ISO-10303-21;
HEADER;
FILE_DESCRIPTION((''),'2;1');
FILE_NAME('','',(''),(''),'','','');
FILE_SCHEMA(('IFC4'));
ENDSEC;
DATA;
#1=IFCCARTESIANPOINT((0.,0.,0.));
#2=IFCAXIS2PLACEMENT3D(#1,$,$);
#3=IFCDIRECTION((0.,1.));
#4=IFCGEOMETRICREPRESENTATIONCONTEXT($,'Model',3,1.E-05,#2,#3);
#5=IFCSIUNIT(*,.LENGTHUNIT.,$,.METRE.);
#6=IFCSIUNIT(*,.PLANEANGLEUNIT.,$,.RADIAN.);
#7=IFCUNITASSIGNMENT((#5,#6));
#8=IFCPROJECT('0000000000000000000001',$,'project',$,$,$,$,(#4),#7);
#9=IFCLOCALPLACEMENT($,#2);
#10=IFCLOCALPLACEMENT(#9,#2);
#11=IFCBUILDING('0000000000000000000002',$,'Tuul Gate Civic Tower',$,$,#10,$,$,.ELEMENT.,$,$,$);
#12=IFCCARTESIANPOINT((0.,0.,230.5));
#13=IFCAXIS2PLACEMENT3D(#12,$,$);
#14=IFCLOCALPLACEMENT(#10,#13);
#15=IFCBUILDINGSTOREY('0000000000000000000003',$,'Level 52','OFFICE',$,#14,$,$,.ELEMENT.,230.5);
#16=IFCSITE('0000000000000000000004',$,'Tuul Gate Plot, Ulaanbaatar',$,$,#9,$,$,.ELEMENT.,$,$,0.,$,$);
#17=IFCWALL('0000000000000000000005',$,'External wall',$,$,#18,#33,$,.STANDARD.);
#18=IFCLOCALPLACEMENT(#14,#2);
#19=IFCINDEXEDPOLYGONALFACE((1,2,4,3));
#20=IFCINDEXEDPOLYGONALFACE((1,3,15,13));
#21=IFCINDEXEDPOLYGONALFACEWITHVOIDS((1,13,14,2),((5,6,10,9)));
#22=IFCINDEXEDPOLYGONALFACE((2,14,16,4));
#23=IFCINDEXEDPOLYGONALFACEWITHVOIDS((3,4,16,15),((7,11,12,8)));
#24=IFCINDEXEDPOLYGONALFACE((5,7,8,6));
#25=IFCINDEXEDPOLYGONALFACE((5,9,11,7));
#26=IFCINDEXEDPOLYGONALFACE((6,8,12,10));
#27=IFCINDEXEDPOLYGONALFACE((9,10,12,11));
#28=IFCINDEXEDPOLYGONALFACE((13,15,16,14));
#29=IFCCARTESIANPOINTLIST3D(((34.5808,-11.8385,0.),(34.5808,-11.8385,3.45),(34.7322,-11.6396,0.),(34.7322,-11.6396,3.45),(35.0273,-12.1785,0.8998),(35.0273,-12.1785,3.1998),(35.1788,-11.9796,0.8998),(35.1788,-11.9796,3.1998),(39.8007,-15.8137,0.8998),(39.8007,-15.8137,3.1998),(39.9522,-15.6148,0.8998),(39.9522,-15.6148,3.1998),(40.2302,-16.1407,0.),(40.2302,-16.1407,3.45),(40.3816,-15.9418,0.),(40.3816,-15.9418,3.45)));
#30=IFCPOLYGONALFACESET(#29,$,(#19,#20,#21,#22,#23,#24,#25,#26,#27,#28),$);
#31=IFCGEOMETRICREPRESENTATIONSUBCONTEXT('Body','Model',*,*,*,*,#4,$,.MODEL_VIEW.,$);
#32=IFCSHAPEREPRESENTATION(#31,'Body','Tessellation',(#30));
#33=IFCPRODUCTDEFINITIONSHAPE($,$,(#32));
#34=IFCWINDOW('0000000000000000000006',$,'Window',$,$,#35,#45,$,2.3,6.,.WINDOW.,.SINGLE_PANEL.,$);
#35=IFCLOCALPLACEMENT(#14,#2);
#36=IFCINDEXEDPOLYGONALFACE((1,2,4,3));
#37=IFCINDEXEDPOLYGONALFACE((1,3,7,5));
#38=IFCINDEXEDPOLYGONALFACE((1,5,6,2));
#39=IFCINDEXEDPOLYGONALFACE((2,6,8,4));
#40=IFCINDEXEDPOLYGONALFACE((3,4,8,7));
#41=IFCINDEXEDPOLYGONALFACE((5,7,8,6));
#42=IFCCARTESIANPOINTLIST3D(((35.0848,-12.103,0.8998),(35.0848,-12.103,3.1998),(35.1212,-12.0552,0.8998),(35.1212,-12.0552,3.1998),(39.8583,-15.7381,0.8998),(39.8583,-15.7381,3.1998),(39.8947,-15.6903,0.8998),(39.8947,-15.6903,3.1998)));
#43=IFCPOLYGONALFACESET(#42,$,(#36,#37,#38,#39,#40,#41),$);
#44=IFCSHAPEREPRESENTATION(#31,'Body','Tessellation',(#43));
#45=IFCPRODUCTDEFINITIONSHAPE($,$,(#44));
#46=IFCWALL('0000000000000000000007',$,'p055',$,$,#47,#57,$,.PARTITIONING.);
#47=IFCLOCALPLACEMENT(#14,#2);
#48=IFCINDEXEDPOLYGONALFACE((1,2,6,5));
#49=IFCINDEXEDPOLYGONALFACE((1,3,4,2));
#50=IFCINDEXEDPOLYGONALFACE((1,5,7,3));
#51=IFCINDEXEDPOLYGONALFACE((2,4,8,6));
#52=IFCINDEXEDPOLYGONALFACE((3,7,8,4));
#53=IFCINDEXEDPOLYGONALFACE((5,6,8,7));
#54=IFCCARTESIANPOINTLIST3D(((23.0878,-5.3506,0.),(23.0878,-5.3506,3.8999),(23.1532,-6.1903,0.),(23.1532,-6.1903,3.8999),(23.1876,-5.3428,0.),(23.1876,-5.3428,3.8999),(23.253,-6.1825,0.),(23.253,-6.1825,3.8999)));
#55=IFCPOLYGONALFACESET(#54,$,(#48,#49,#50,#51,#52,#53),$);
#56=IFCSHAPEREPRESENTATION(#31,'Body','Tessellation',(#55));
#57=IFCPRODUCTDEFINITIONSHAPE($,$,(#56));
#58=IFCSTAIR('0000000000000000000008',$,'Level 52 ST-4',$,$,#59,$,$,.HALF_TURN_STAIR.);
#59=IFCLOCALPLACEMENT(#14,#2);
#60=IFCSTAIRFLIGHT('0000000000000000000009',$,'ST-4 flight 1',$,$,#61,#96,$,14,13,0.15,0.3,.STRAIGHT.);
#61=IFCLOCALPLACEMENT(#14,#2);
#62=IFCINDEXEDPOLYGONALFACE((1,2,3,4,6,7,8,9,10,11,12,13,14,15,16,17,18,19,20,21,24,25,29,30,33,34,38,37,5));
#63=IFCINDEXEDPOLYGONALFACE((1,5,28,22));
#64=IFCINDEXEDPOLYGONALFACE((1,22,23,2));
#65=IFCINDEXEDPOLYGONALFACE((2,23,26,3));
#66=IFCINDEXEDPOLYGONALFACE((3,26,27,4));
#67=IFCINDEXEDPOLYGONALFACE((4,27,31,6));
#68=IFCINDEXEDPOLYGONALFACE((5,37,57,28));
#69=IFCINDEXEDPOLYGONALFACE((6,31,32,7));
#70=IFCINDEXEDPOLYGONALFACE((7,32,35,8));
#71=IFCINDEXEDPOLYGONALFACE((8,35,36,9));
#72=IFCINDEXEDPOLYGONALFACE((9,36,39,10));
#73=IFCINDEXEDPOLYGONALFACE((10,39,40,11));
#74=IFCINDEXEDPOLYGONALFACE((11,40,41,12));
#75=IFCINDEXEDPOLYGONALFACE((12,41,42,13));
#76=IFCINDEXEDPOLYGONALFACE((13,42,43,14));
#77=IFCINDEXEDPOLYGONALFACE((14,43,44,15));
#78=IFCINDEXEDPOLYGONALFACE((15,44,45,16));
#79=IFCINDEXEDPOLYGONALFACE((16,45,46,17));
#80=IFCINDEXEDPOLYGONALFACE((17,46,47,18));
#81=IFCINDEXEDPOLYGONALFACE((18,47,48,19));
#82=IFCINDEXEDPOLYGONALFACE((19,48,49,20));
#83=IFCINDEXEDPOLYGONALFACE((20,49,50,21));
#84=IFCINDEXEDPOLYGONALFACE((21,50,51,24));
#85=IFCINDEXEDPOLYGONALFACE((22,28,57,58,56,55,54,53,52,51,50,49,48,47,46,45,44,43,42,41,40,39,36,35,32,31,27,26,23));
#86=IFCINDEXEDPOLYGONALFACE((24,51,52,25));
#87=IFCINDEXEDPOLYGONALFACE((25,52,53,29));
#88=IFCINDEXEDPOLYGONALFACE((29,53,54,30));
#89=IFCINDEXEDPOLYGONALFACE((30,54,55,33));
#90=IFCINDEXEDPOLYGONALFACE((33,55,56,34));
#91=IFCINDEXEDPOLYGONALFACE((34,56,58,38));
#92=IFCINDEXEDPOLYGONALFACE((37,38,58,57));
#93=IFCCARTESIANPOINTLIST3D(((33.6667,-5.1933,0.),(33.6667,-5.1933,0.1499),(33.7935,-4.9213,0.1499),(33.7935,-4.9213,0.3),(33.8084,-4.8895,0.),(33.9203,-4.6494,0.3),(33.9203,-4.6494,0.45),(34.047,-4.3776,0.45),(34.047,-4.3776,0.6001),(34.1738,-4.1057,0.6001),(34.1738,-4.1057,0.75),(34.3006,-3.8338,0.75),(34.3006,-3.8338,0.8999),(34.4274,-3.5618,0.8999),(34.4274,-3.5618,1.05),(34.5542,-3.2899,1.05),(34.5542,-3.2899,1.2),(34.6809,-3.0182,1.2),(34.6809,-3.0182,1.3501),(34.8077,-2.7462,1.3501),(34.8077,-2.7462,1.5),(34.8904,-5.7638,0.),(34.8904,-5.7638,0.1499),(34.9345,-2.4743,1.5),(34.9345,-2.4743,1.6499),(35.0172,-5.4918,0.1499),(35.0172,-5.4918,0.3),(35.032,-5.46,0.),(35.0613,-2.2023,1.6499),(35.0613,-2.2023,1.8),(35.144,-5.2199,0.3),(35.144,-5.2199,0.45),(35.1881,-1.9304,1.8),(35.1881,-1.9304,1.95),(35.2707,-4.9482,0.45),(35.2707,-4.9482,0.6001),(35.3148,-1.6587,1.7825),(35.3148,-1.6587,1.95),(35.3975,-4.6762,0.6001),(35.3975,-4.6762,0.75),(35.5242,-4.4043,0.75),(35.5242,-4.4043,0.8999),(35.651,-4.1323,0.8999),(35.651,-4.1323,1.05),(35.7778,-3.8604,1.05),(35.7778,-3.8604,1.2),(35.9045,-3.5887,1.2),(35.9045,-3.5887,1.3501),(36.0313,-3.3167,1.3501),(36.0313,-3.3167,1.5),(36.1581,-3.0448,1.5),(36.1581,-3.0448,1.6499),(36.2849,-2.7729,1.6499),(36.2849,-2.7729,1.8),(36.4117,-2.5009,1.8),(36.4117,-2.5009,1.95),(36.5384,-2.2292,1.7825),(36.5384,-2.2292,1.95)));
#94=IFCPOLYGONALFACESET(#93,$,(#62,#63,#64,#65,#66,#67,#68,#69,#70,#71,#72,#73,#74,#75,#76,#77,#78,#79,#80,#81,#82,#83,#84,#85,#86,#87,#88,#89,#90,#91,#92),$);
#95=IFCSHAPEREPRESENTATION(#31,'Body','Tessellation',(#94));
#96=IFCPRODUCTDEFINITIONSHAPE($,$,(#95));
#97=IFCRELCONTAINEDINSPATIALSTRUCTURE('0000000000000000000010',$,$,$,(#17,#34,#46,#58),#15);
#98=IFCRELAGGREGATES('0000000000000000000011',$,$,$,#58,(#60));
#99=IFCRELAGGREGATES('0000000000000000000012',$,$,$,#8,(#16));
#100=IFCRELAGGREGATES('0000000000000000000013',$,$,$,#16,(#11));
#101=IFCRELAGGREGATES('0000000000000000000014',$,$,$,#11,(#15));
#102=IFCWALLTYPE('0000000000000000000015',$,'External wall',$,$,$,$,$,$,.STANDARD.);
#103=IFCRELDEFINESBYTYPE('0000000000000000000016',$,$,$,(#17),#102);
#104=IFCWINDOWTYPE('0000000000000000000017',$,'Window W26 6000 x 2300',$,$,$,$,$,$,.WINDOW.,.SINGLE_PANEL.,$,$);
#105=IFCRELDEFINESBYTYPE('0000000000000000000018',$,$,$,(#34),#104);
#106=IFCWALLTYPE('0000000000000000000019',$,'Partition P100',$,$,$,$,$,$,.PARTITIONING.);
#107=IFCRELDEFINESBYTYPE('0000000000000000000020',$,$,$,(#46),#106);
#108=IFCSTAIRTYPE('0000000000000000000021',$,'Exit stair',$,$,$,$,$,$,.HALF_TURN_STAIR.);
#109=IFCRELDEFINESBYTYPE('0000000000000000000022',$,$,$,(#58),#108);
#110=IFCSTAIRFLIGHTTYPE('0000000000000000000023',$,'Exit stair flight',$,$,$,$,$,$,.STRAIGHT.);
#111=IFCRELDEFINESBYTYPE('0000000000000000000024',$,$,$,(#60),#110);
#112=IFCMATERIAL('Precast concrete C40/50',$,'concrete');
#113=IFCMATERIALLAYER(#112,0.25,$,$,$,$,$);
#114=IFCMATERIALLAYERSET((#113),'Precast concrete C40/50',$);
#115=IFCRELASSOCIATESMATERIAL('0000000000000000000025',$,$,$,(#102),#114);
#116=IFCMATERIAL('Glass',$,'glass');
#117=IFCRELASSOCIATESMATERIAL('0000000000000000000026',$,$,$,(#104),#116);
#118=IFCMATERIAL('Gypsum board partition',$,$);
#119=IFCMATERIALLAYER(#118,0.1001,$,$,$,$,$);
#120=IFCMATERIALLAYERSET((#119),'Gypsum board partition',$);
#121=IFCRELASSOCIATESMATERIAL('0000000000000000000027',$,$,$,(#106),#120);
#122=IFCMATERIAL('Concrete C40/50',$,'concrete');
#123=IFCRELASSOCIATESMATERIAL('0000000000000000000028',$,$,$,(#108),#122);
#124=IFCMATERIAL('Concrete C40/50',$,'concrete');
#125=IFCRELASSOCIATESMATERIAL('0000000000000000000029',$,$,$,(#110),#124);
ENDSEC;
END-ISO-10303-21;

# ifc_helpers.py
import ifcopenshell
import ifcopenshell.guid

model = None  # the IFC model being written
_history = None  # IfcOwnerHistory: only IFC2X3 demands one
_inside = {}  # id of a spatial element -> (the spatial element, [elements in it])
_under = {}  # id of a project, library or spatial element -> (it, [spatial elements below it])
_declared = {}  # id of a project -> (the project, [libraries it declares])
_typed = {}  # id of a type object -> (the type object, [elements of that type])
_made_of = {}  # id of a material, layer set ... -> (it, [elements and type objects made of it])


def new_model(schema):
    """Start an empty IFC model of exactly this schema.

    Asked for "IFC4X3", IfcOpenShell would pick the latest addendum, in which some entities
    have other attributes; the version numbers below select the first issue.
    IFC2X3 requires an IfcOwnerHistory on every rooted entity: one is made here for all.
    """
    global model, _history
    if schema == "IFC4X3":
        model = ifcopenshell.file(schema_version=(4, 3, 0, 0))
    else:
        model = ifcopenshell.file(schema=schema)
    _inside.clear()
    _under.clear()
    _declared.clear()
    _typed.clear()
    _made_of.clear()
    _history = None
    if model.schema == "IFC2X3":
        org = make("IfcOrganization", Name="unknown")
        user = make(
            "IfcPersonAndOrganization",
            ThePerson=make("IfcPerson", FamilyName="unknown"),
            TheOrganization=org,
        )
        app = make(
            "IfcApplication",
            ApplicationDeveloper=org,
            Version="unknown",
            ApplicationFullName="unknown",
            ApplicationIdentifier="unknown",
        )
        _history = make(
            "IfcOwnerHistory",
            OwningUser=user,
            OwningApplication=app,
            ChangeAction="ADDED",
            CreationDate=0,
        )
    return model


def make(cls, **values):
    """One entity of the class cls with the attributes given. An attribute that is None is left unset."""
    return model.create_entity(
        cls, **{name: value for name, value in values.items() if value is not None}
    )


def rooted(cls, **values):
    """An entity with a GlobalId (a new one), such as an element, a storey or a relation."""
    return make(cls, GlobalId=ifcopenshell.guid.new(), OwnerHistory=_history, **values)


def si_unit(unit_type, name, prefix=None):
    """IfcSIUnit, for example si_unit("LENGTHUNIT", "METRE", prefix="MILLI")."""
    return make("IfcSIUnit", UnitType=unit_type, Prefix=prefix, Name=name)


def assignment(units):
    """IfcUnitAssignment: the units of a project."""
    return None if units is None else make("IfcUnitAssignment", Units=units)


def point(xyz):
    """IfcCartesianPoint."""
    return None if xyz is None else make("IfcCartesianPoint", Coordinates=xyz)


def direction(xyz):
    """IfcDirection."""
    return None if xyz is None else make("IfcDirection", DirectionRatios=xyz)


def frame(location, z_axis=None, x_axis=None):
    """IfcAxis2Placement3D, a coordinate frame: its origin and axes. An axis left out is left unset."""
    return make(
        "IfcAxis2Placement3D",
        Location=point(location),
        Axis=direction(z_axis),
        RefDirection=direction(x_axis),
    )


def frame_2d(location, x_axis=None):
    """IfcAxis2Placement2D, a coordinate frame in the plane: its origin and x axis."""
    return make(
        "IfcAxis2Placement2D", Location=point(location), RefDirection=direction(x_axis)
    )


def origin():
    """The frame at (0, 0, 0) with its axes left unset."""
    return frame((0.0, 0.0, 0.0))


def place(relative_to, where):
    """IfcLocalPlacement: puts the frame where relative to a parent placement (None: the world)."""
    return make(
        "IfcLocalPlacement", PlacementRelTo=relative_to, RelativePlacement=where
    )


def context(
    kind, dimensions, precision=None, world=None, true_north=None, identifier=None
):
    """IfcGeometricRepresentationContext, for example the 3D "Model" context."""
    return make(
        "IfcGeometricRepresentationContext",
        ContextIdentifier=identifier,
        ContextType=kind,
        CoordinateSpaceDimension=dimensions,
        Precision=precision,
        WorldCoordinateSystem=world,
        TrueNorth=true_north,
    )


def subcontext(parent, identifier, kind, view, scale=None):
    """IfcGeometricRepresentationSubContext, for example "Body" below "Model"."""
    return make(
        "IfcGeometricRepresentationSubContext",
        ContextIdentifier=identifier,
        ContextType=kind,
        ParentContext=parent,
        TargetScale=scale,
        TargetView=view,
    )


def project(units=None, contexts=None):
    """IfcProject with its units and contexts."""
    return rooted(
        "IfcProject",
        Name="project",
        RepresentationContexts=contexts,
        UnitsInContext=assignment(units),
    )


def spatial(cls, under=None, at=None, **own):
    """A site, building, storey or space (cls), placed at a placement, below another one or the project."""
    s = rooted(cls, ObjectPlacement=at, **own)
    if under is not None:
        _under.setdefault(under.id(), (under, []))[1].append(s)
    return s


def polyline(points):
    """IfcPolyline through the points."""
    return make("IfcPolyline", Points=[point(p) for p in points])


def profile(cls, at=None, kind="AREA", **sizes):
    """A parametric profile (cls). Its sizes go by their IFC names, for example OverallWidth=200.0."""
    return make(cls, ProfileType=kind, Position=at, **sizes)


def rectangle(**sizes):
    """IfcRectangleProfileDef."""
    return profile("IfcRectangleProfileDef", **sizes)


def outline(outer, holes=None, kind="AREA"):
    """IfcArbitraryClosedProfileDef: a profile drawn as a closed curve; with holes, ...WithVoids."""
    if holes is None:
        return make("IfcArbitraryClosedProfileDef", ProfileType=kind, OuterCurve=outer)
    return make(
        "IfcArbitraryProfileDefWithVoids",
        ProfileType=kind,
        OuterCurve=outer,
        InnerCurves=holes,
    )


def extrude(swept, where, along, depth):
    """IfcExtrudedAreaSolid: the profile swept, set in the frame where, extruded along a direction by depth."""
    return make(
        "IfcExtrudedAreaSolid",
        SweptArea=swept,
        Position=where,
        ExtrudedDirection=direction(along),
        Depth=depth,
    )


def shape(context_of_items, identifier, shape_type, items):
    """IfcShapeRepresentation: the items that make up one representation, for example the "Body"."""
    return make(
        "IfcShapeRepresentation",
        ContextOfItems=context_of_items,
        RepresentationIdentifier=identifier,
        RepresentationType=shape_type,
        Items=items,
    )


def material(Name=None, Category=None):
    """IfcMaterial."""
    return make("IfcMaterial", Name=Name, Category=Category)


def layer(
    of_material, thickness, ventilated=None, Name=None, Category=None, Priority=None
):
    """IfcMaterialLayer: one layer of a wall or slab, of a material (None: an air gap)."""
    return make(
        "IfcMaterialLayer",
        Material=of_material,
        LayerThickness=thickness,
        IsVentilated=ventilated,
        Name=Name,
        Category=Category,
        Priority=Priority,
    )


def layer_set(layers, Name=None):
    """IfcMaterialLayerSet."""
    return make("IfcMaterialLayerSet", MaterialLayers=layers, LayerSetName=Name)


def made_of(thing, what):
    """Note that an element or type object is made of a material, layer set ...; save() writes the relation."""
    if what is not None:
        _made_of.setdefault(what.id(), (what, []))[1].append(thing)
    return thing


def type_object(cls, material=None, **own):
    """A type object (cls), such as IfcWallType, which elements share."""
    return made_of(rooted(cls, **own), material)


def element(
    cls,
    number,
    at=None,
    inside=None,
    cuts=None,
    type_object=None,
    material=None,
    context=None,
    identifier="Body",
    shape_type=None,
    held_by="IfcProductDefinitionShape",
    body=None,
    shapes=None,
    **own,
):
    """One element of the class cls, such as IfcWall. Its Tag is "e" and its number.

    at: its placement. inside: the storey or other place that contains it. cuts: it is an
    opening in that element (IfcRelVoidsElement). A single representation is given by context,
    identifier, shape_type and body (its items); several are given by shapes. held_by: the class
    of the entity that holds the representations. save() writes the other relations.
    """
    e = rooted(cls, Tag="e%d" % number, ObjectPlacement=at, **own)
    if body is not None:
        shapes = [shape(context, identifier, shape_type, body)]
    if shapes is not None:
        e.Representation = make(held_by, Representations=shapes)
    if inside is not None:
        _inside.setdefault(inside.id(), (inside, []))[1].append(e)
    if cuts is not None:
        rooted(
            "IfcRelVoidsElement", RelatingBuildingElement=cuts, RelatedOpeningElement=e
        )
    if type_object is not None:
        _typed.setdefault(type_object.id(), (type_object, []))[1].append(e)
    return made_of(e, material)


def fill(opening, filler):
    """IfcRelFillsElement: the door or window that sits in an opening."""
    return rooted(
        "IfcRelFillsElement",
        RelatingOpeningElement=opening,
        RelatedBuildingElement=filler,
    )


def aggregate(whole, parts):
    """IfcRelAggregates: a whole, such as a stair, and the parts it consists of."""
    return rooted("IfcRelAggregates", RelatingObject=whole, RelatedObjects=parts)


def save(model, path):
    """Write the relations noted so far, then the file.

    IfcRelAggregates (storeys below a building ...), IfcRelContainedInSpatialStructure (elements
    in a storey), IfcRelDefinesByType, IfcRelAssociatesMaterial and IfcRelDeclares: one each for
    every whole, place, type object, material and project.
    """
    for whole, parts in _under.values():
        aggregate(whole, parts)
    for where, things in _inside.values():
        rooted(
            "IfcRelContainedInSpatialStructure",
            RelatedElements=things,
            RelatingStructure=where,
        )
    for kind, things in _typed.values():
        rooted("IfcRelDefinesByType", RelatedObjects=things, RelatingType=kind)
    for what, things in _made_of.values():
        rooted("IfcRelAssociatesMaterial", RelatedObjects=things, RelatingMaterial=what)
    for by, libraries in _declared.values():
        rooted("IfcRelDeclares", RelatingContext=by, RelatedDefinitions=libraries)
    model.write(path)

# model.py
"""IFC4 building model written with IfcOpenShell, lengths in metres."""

from ifc_helpers import new_model, si_unit, direction, frame, frame_2d, origin, place, context, subcontext, project, spatial, polyline, rectangle, outline, extrude, material, layer, layer_set, type_object, element, fill, aggregate, save


model = new_model("IFC4")

# Units and contexts
model_context = context("Model", 3, precision=1e-05, world=origin(), true_north=direction((0.0, 1.0)))
body_context = subcontext(model_context, "Body", "Model", "MODEL_VIEW")
ifc_project = project(units=[si_unit("LENGTHUNIT", "METRE"), si_unit("PLANEANGLEUNIT", "RADIAN")], contexts=[model_context])

# Site, building, storey
site_placement = place(None, origin())
site = spatial("IfcSite", under=ifc_project, at=site_placement, Name="Tuul Gate Plot, Ulaanbaatar", CompositionType="ELEMENT", RefElevation=0.0)
building_placement = place(site_placement, origin())
building = spatial("IfcBuilding", under=site, at=building_placement, Name="Tuul Gate Civic Tower", CompositionType="ELEMENT")
storey_placement = place(building_placement, frame((0.0, 0.0, 230.5)))
storey = spatial("IfcBuildingStorey", under=building, at=storey_placement, Name="Level 52", Description="OFFICE", CompositionType="ELEMENT", Elevation=230.5)

# Wall, opening, window
ifc_material_1 = material(Name="Precast concrete C40/50", Category="concrete")
ifc_layer_1 = layer(ifc_material_1, 0.25)
ifc_layer_set_1 = layer_set([ifc_layer_1], Name="Precast concrete C40/50")
wall_type_1 = type_object("IfcWallType", Name="External wall", PredefinedType="STANDARD", material=ifc_layer_set_1)
ifc_material_2 = material(Name="Glass", Category="glass")
window_type = type_object("IfcWindowType", Name="Window W26 6000 x 2300", PartitioningType="SINGLE_PANEL", PredefinedType="WINDOW", material=ifc_material_2)
wall_1_placement = place(storey_placement, frame((34.6565, -11.739, 0.0), z_axis=(0.0, 0.0, 1.0), x_axis=(0.795572, -0.605859, 0.0)))
wall_1 = element("IfcWall", 1, at=wall_1_placement, inside=storey, type_object=wall_type_1, Name="External wall", PredefinedType="STANDARD", context=body_context, shape_type="SweptSolid", body=[
    extrude(rectangle(XDim=7.1011, YDim=0.25, at=frame_2d((3.5505, 0.0))), origin(), (0.0, 0.0, 1.0), 3.45),
])
opening_1_placement = place(wall_1_placement, frame((0.5613, 0.0, 0.8999)))
opening_1 = element("IfcOpeningElement", 2, at=opening_1_placement, cuts=wall_1, PredefinedType="OPENING", context=body_context, shape_type="SweptSolid", body=[
    extrude(rectangle(XDim=6.0, YDim=2.3, at=frame_2d((3.0, 1.1499))), frame((0.0, 0.135, 0.0), z_axis=(0.0, -1.0, 0.0), x_axis=(1.0, 0.0, 0.0)), (0.0, 0.0, 1.0), 0.27),
])
window_1_placement = place(opening_1_placement, origin())
window_1 = element("IfcWindow", 3, at=window_1_placement, inside=storey, type_object=window_type, Name="Window", OverallHeight=2.3, OverallWidth=6.0, PartitioningType="SINGLE_PANEL", PredefinedType="WINDOW", context=body_context, shape_type="SweptSolid", body=[
    extrude(rectangle(XDim=6.0, YDim=2.3, at=frame_2d((3.0, 1.1499))), frame((0.0, 0.03, 0.0), z_axis=(0.0, -1.0, 0.0), x_axis=(1.0, 0.0, 0.0)), (0.0, 0.0, 1.0), 0.0601),
])
fill(opening_1, window_1)

# Wall
ifc_material_3 = material(Name="Gypsum board partition")
ifc_layer_2 = layer(ifc_material_3, 0.1001)
ifc_layer_set_2 = layer_set([ifc_layer_2], Name="Gypsum board partition")
wall_type_2 = type_object("IfcWallType", Name="Partition P100", PredefinedType="PARTITIONING", material=ifc_layer_set_2)
wall_2_placement = place(storey_placement, frame((23.1377, -5.3467, 0.0), z_axis=(0.0, 0.0, 1.0), x_axis=(0.077672, -0.996979, 0.0)))
element("IfcWall", 4, at=wall_2_placement, inside=storey, type_object=wall_type_2, Name="p055", PredefinedType="PARTITIONING", context=body_context, shape_type="SweptSolid", body=[
    extrude(rectangle(XDim=0.8423, YDim=0.1001, at=frame_2d((0.4211, 0.0))), origin(), (0.0, 0.0, 1.0), 3.8999),
])

# Stair, stair flight
ifc_material_4 = material(Name="Concrete C40/50", Category="concrete")
stair_type = type_object("IfcStairType", Name="Exit stair", PredefinedType="HALF_TURN_STAIR", material=ifc_material_4)
stair_placement = place(storey_placement, origin())
stair = element("IfcStair", 5, at=stair_placement, inside=storey, type_object=stair_type, Name="Level 52 ST-4", PredefinedType="HALF_TURN_STAIR")
ifc_material_5 = material(Name="Concrete C40/50", Category="concrete")
stair_flight_type = type_object("IfcStairFlightType", Name="Exit stair flight", PredefinedType="STRAIGHT", material=ifc_material_5)
stair_flight_placement = place(storey_placement, frame((34.2786, -5.4785, 0.0), z_axis=(0.0, 0.0, 1.0), x_axis=(0.422576, 0.906327, 0.0)))
stair_flight = element("IfcStairFlight", 6, at=stair_flight_placement, type_object=stair_flight_type, Name="ST-4 flight 1", NumberOfRisers=14, NumberOfTreads=13, PredefinedType="STRAIGHT", RiserHeight=0.15, TreadLength=0.3, context=body_context, shape_type="SweptSolid", body=[
    extrude(outline(polyline([(0.0, 0.0), (0.0, 0.1499), (0.3, 0.1499), (0.3, 0.3), (0.6001, 0.3), (0.6001, 0.45), (0.8999, 0.45), (0.8999, 0.6001), (1.2, 0.6001), (1.2, 0.75), (1.5, 0.75), (1.5, 0.8999), (1.8, 0.8999), (1.8, 1.05), (2.1001, 1.05), (2.1001, 1.2), (2.3999, 1.2), (2.3999, 1.3501), (2.7, 1.3501), (2.7, 1.5), (3.0, 1.5), (3.0, 1.6499), (3.3, 1.6499), (3.3, 1.8), (3.6001, 1.8), (3.6001, 1.95), (3.8999, 1.95), (3.8999, 2.1001), (3.8999, 1.7825), (0.3352, 0.0), (0.0, 0.0)])), frame((0.0, 0.675, 0.0), z_axis=(0.0, -1.0, 0.0), x_axis=(1.0, 0.0, 0.0)), (0.0, 0.0, 1.0), 1.3501),
])
aggregate(stair, [stair_flight])

save(model, "model.ifc")
